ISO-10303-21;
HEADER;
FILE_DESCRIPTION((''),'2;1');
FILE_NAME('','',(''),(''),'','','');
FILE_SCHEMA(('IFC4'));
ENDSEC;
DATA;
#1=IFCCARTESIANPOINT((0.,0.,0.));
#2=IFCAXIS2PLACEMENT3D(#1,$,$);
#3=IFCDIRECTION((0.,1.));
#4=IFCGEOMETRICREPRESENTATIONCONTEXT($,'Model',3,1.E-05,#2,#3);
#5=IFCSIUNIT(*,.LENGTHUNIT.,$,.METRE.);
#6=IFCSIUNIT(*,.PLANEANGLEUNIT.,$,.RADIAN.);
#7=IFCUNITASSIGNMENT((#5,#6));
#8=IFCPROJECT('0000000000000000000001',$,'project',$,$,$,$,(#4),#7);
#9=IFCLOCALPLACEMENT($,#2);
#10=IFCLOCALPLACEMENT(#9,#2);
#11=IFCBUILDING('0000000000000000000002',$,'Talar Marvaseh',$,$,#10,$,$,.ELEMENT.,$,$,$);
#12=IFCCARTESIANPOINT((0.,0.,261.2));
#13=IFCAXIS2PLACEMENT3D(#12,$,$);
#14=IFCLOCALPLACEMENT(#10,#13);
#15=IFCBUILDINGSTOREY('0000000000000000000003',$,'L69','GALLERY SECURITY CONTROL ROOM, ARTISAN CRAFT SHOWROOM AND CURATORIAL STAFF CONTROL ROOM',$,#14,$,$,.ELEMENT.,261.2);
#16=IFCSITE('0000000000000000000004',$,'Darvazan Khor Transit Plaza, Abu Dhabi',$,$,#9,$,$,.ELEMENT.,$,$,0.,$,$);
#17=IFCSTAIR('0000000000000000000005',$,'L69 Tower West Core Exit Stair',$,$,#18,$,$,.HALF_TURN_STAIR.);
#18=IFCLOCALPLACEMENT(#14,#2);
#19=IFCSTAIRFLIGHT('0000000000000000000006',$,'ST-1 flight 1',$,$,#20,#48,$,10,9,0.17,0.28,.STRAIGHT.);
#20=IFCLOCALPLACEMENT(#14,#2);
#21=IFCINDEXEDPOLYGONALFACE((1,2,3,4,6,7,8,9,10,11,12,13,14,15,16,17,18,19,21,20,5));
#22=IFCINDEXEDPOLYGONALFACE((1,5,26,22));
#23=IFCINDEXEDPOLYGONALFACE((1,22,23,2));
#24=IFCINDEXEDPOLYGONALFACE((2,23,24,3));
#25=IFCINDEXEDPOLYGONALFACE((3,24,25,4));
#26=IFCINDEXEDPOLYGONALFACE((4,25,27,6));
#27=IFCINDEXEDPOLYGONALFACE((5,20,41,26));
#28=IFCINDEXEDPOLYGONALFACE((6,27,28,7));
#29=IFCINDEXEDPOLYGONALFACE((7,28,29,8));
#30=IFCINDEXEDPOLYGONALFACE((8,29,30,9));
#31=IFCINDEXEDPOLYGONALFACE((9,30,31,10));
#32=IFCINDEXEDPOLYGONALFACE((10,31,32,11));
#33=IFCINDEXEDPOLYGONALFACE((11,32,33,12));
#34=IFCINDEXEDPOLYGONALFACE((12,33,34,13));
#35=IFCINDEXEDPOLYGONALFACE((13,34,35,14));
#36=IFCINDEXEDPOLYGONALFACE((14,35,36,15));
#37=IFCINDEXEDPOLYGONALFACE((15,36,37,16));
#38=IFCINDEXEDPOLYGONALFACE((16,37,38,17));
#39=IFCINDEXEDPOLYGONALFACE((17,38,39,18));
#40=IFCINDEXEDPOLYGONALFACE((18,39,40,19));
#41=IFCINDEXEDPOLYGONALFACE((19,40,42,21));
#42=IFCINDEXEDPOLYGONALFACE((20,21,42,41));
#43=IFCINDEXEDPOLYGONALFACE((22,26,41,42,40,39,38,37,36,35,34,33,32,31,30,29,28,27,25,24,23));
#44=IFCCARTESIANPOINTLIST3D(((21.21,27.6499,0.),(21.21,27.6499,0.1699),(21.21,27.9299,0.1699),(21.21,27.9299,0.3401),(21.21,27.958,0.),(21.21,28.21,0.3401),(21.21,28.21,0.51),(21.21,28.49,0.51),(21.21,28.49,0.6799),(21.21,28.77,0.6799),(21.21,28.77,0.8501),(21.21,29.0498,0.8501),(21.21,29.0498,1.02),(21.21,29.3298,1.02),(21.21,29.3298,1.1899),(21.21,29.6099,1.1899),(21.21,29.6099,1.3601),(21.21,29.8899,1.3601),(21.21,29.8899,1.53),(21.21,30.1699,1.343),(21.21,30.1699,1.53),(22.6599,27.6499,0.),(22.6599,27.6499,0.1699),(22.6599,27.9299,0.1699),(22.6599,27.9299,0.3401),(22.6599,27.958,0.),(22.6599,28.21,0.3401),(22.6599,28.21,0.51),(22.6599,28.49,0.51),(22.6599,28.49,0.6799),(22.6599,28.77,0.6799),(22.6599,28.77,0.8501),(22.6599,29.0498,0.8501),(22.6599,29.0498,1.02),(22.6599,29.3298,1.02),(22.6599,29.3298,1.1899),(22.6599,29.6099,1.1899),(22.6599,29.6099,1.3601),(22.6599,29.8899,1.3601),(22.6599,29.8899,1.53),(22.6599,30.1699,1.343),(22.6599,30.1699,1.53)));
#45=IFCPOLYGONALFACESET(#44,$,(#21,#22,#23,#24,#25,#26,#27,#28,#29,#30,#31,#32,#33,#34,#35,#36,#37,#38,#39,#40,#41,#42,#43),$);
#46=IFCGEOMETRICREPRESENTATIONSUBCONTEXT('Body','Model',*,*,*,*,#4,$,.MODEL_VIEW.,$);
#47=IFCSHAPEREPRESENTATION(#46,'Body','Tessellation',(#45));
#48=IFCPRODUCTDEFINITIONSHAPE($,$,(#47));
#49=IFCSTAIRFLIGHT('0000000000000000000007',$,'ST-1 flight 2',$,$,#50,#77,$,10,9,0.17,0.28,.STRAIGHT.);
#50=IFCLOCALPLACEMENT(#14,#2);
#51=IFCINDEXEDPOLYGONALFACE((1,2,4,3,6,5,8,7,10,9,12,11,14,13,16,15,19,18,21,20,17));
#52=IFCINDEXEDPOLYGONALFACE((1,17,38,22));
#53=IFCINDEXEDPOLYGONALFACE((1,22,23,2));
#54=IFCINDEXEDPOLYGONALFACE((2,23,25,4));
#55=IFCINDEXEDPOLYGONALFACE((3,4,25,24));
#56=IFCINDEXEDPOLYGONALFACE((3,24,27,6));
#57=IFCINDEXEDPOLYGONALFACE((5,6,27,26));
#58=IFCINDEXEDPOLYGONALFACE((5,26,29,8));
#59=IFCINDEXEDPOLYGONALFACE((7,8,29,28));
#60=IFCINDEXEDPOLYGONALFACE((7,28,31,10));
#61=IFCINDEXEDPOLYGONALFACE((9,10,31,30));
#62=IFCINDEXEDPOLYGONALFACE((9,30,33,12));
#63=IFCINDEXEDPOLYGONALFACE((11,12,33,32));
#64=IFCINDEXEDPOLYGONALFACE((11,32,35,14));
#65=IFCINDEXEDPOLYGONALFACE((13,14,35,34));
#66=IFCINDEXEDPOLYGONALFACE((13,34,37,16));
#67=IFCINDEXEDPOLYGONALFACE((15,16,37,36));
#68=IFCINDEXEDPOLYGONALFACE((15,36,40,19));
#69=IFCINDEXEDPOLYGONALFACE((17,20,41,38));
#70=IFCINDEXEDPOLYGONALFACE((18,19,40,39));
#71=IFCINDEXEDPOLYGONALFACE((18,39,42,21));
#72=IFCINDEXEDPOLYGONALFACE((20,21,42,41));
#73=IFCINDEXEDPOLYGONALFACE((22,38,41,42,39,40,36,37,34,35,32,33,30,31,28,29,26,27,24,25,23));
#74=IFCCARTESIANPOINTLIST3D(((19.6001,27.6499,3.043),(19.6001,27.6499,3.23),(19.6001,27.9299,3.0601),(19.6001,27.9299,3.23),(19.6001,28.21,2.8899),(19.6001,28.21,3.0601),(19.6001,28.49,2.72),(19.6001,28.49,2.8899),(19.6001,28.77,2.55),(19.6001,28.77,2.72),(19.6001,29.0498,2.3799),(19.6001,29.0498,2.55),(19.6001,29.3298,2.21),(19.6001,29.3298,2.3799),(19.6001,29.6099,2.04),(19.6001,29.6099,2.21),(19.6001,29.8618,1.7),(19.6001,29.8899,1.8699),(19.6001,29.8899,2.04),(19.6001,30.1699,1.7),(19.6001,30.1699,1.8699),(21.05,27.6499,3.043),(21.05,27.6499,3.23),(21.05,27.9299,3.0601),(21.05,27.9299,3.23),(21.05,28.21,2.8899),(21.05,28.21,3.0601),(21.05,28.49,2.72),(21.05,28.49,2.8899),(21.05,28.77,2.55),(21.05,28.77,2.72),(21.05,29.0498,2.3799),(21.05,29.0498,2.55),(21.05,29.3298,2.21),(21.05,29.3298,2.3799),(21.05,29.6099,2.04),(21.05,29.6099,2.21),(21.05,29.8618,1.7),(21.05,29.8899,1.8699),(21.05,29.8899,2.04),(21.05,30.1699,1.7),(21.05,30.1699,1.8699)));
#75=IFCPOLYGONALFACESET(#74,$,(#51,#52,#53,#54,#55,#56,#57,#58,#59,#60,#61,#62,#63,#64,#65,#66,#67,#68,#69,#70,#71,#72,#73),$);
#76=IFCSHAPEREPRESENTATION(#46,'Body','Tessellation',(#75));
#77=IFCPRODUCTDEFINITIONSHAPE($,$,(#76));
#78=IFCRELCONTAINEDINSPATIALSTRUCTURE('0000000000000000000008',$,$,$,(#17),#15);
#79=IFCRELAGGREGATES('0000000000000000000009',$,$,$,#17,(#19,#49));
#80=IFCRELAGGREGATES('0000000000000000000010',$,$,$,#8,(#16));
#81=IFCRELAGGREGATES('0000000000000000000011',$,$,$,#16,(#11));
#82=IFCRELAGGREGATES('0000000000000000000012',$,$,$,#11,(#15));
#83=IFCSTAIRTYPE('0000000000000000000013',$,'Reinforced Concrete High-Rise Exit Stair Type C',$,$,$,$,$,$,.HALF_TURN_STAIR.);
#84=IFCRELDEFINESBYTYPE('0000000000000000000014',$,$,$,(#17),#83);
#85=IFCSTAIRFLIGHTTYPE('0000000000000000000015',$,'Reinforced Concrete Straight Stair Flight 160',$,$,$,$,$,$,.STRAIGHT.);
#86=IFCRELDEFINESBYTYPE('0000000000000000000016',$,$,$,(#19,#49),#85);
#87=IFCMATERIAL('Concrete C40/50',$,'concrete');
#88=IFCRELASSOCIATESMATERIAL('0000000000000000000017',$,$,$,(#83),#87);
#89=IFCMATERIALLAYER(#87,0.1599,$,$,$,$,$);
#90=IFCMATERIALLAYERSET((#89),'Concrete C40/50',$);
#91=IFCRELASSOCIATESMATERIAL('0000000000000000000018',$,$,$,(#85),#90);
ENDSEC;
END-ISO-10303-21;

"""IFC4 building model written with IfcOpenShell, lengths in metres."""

from ifc_helpers import new_model, si_unit, direction, frame, origin, place, context, subcontext, project, spatial, polyline, outline, extrude, material, layer, layer_set, type_object, element, aggregate, save


model = new_model("IFC4")

# Units and contexts
model_context = context("Model", 3, precision=1e-05, world=origin(), true_north=direction((0.0, 1.0)))
body_context = subcontext(model_context, "Body", "Model", "MODEL_VIEW")
ifc_project = project(units=[si_unit("LENGTHUNIT", "METRE"), si_unit("PLANEANGLEUNIT", "RADIAN")], contexts=[model_context])

# Site, building, storey
site_placement = place(None, origin())
site = spatial("IfcSite", under=ifc_project, at=site_placement, Name="Darvazan Khor Transit Plaza, Abu Dhabi", CompositionType="ELEMENT", RefElevation=0.0)
building_placement = place(site_placement, origin())
building = spatial("IfcBuilding", under=site, at=building_placement, Name="Talar Marvaseh", CompositionType="ELEMENT")
storey_placement = place(building_placement, frame((0.0, 0.0, 261.2)))
storey = spatial("IfcBuildingStorey", under=building, at=storey_placement, Name="L69", Description="GALLERY SECURITY CONTROL ROOM, ARTISAN CRAFT SHOWROOM AND CURATORIAL STAFF CONTROL ROOM", CompositionType="ELEMENT", Elevation=261.2)

# Shared definitions
ifc_material_1 = material(Name="Concrete C40/50", Category="concrete")

# Stair, stair flights
stair_type = type_object("IfcStairType", Name="Reinforced Concrete High-Rise Exit Stair Type C", PredefinedType="HALF_TURN_STAIR", material=ifc_material_1)
stair_placement = place(storey_placement, origin())
stair = element("IfcStair", 1, at=stair_placement, inside=storey, type_object=stair_type, Name="L69 Tower West Core Exit Stair", PredefinedType="HALF_TURN_STAIR")
ifc_layer_1 = layer(ifc_material_1, 0.1599)
ifc_layer_set_1 = layer_set([ifc_layer_1], Name="Concrete C40/50")
stair_flight_type = type_object("IfcStairFlightType", Name="Reinforced Concrete Straight Stair Flight 160", PredefinedType="STRAIGHT", material=ifc_layer_set_1)
stair_flight_1_placement = place(storey_placement, frame((21.9351, 27.6499, 0.0), z_axis=(0.0, 0.0, 1.0), x_axis=(0.0, 1.0, 0.0)))
stair_flight_1 = element("IfcStairFlight", 2, at=stair_flight_1_placement, type_object=stair_flight_type, Name="ST-1 flight 1", NumberOfRisers=10, NumberOfTreads=9, PredefinedType="STRAIGHT", RiserHeight=0.17, TreadLength=0.28, context=body_context, shape_type="SweptSolid", body=[
    extrude(outline(polyline([(0.0, 0.0), (0.0, 0.1699), (0.28, 0.1699), (0.28, 0.3401), (0.5601, 0.3401), (0.5601, 0.51), (0.8401, 0.51), (0.8401, 0.6799), (1.1201, 0.6799), (1.1201, 0.8501), (1.3999, 0.8501), (1.3999, 1.02), (1.6799, 1.02), (1.6799, 1.1899), (1.96, 1.1899), (1.96, 1.3601), (2.24, 1.3601), (2.24, 1.53), (2.52, 1.53), (2.52, 1.7), (2.52, 1.343), (0.3081, 0.0), (0.0, 0.0)])), frame((0.0, 0.7251, 0.0), z_axis=(0.0, -1.0, 0.0), x_axis=(1.0, 0.0, 0.0)), (0.0, 0.0, 1.0), 1.45),
])
stair_flight_2_placement = place(storey_placement, frame((20.325, 30.1699, 1.7), z_axis=(0.0, 0.0, 1.0), x_axis=(0.0, -1.0, 0.0)))
stair_flight_2 = element("IfcStairFlight", 3, at=stair_flight_2_placement, type_object=stair_flight_type, Name="ST-1 flight 2", NumberOfRisers=10, NumberOfTreads=9, PredefinedType="STRAIGHT", RiserHeight=0.17, TreadLength=0.28, context=body_context, shape_type="SweptSolid", body=[
    extrude(outline(polyline([(0.0, 0.0), (0.0, 0.1699), (0.28, 0.1699), (0.28, 0.3401), (0.5601, 0.3401), (0.5601, 0.51), (0.8401, 0.51), (0.8401, 0.6799), (1.1201, 0.6799), (1.1201, 0.8501), (1.3999, 0.8501), (1.3999, 1.02), (1.6799, 1.02), (1.6799, 1.1899), (1.96, 1.1899), (1.96, 1.3601), (2.24, 1.3601), (2.24, 1.53), (2.52, 1.53), (2.52, 1.7), (2.52, 1.343), (0.3081, 0.0), (0.0, 0.0)])), frame((0.0, 0.7251, 0.0), z_axis=(0.0, -1.0, 0.0), x_axis=(1.0, 0.0, 0.0)), (0.0, 0.0, 1.0), 1.45),
])
aggregate(stair, [stair_flight_1, stair_flight_2])

save(model, "model.ifc")
